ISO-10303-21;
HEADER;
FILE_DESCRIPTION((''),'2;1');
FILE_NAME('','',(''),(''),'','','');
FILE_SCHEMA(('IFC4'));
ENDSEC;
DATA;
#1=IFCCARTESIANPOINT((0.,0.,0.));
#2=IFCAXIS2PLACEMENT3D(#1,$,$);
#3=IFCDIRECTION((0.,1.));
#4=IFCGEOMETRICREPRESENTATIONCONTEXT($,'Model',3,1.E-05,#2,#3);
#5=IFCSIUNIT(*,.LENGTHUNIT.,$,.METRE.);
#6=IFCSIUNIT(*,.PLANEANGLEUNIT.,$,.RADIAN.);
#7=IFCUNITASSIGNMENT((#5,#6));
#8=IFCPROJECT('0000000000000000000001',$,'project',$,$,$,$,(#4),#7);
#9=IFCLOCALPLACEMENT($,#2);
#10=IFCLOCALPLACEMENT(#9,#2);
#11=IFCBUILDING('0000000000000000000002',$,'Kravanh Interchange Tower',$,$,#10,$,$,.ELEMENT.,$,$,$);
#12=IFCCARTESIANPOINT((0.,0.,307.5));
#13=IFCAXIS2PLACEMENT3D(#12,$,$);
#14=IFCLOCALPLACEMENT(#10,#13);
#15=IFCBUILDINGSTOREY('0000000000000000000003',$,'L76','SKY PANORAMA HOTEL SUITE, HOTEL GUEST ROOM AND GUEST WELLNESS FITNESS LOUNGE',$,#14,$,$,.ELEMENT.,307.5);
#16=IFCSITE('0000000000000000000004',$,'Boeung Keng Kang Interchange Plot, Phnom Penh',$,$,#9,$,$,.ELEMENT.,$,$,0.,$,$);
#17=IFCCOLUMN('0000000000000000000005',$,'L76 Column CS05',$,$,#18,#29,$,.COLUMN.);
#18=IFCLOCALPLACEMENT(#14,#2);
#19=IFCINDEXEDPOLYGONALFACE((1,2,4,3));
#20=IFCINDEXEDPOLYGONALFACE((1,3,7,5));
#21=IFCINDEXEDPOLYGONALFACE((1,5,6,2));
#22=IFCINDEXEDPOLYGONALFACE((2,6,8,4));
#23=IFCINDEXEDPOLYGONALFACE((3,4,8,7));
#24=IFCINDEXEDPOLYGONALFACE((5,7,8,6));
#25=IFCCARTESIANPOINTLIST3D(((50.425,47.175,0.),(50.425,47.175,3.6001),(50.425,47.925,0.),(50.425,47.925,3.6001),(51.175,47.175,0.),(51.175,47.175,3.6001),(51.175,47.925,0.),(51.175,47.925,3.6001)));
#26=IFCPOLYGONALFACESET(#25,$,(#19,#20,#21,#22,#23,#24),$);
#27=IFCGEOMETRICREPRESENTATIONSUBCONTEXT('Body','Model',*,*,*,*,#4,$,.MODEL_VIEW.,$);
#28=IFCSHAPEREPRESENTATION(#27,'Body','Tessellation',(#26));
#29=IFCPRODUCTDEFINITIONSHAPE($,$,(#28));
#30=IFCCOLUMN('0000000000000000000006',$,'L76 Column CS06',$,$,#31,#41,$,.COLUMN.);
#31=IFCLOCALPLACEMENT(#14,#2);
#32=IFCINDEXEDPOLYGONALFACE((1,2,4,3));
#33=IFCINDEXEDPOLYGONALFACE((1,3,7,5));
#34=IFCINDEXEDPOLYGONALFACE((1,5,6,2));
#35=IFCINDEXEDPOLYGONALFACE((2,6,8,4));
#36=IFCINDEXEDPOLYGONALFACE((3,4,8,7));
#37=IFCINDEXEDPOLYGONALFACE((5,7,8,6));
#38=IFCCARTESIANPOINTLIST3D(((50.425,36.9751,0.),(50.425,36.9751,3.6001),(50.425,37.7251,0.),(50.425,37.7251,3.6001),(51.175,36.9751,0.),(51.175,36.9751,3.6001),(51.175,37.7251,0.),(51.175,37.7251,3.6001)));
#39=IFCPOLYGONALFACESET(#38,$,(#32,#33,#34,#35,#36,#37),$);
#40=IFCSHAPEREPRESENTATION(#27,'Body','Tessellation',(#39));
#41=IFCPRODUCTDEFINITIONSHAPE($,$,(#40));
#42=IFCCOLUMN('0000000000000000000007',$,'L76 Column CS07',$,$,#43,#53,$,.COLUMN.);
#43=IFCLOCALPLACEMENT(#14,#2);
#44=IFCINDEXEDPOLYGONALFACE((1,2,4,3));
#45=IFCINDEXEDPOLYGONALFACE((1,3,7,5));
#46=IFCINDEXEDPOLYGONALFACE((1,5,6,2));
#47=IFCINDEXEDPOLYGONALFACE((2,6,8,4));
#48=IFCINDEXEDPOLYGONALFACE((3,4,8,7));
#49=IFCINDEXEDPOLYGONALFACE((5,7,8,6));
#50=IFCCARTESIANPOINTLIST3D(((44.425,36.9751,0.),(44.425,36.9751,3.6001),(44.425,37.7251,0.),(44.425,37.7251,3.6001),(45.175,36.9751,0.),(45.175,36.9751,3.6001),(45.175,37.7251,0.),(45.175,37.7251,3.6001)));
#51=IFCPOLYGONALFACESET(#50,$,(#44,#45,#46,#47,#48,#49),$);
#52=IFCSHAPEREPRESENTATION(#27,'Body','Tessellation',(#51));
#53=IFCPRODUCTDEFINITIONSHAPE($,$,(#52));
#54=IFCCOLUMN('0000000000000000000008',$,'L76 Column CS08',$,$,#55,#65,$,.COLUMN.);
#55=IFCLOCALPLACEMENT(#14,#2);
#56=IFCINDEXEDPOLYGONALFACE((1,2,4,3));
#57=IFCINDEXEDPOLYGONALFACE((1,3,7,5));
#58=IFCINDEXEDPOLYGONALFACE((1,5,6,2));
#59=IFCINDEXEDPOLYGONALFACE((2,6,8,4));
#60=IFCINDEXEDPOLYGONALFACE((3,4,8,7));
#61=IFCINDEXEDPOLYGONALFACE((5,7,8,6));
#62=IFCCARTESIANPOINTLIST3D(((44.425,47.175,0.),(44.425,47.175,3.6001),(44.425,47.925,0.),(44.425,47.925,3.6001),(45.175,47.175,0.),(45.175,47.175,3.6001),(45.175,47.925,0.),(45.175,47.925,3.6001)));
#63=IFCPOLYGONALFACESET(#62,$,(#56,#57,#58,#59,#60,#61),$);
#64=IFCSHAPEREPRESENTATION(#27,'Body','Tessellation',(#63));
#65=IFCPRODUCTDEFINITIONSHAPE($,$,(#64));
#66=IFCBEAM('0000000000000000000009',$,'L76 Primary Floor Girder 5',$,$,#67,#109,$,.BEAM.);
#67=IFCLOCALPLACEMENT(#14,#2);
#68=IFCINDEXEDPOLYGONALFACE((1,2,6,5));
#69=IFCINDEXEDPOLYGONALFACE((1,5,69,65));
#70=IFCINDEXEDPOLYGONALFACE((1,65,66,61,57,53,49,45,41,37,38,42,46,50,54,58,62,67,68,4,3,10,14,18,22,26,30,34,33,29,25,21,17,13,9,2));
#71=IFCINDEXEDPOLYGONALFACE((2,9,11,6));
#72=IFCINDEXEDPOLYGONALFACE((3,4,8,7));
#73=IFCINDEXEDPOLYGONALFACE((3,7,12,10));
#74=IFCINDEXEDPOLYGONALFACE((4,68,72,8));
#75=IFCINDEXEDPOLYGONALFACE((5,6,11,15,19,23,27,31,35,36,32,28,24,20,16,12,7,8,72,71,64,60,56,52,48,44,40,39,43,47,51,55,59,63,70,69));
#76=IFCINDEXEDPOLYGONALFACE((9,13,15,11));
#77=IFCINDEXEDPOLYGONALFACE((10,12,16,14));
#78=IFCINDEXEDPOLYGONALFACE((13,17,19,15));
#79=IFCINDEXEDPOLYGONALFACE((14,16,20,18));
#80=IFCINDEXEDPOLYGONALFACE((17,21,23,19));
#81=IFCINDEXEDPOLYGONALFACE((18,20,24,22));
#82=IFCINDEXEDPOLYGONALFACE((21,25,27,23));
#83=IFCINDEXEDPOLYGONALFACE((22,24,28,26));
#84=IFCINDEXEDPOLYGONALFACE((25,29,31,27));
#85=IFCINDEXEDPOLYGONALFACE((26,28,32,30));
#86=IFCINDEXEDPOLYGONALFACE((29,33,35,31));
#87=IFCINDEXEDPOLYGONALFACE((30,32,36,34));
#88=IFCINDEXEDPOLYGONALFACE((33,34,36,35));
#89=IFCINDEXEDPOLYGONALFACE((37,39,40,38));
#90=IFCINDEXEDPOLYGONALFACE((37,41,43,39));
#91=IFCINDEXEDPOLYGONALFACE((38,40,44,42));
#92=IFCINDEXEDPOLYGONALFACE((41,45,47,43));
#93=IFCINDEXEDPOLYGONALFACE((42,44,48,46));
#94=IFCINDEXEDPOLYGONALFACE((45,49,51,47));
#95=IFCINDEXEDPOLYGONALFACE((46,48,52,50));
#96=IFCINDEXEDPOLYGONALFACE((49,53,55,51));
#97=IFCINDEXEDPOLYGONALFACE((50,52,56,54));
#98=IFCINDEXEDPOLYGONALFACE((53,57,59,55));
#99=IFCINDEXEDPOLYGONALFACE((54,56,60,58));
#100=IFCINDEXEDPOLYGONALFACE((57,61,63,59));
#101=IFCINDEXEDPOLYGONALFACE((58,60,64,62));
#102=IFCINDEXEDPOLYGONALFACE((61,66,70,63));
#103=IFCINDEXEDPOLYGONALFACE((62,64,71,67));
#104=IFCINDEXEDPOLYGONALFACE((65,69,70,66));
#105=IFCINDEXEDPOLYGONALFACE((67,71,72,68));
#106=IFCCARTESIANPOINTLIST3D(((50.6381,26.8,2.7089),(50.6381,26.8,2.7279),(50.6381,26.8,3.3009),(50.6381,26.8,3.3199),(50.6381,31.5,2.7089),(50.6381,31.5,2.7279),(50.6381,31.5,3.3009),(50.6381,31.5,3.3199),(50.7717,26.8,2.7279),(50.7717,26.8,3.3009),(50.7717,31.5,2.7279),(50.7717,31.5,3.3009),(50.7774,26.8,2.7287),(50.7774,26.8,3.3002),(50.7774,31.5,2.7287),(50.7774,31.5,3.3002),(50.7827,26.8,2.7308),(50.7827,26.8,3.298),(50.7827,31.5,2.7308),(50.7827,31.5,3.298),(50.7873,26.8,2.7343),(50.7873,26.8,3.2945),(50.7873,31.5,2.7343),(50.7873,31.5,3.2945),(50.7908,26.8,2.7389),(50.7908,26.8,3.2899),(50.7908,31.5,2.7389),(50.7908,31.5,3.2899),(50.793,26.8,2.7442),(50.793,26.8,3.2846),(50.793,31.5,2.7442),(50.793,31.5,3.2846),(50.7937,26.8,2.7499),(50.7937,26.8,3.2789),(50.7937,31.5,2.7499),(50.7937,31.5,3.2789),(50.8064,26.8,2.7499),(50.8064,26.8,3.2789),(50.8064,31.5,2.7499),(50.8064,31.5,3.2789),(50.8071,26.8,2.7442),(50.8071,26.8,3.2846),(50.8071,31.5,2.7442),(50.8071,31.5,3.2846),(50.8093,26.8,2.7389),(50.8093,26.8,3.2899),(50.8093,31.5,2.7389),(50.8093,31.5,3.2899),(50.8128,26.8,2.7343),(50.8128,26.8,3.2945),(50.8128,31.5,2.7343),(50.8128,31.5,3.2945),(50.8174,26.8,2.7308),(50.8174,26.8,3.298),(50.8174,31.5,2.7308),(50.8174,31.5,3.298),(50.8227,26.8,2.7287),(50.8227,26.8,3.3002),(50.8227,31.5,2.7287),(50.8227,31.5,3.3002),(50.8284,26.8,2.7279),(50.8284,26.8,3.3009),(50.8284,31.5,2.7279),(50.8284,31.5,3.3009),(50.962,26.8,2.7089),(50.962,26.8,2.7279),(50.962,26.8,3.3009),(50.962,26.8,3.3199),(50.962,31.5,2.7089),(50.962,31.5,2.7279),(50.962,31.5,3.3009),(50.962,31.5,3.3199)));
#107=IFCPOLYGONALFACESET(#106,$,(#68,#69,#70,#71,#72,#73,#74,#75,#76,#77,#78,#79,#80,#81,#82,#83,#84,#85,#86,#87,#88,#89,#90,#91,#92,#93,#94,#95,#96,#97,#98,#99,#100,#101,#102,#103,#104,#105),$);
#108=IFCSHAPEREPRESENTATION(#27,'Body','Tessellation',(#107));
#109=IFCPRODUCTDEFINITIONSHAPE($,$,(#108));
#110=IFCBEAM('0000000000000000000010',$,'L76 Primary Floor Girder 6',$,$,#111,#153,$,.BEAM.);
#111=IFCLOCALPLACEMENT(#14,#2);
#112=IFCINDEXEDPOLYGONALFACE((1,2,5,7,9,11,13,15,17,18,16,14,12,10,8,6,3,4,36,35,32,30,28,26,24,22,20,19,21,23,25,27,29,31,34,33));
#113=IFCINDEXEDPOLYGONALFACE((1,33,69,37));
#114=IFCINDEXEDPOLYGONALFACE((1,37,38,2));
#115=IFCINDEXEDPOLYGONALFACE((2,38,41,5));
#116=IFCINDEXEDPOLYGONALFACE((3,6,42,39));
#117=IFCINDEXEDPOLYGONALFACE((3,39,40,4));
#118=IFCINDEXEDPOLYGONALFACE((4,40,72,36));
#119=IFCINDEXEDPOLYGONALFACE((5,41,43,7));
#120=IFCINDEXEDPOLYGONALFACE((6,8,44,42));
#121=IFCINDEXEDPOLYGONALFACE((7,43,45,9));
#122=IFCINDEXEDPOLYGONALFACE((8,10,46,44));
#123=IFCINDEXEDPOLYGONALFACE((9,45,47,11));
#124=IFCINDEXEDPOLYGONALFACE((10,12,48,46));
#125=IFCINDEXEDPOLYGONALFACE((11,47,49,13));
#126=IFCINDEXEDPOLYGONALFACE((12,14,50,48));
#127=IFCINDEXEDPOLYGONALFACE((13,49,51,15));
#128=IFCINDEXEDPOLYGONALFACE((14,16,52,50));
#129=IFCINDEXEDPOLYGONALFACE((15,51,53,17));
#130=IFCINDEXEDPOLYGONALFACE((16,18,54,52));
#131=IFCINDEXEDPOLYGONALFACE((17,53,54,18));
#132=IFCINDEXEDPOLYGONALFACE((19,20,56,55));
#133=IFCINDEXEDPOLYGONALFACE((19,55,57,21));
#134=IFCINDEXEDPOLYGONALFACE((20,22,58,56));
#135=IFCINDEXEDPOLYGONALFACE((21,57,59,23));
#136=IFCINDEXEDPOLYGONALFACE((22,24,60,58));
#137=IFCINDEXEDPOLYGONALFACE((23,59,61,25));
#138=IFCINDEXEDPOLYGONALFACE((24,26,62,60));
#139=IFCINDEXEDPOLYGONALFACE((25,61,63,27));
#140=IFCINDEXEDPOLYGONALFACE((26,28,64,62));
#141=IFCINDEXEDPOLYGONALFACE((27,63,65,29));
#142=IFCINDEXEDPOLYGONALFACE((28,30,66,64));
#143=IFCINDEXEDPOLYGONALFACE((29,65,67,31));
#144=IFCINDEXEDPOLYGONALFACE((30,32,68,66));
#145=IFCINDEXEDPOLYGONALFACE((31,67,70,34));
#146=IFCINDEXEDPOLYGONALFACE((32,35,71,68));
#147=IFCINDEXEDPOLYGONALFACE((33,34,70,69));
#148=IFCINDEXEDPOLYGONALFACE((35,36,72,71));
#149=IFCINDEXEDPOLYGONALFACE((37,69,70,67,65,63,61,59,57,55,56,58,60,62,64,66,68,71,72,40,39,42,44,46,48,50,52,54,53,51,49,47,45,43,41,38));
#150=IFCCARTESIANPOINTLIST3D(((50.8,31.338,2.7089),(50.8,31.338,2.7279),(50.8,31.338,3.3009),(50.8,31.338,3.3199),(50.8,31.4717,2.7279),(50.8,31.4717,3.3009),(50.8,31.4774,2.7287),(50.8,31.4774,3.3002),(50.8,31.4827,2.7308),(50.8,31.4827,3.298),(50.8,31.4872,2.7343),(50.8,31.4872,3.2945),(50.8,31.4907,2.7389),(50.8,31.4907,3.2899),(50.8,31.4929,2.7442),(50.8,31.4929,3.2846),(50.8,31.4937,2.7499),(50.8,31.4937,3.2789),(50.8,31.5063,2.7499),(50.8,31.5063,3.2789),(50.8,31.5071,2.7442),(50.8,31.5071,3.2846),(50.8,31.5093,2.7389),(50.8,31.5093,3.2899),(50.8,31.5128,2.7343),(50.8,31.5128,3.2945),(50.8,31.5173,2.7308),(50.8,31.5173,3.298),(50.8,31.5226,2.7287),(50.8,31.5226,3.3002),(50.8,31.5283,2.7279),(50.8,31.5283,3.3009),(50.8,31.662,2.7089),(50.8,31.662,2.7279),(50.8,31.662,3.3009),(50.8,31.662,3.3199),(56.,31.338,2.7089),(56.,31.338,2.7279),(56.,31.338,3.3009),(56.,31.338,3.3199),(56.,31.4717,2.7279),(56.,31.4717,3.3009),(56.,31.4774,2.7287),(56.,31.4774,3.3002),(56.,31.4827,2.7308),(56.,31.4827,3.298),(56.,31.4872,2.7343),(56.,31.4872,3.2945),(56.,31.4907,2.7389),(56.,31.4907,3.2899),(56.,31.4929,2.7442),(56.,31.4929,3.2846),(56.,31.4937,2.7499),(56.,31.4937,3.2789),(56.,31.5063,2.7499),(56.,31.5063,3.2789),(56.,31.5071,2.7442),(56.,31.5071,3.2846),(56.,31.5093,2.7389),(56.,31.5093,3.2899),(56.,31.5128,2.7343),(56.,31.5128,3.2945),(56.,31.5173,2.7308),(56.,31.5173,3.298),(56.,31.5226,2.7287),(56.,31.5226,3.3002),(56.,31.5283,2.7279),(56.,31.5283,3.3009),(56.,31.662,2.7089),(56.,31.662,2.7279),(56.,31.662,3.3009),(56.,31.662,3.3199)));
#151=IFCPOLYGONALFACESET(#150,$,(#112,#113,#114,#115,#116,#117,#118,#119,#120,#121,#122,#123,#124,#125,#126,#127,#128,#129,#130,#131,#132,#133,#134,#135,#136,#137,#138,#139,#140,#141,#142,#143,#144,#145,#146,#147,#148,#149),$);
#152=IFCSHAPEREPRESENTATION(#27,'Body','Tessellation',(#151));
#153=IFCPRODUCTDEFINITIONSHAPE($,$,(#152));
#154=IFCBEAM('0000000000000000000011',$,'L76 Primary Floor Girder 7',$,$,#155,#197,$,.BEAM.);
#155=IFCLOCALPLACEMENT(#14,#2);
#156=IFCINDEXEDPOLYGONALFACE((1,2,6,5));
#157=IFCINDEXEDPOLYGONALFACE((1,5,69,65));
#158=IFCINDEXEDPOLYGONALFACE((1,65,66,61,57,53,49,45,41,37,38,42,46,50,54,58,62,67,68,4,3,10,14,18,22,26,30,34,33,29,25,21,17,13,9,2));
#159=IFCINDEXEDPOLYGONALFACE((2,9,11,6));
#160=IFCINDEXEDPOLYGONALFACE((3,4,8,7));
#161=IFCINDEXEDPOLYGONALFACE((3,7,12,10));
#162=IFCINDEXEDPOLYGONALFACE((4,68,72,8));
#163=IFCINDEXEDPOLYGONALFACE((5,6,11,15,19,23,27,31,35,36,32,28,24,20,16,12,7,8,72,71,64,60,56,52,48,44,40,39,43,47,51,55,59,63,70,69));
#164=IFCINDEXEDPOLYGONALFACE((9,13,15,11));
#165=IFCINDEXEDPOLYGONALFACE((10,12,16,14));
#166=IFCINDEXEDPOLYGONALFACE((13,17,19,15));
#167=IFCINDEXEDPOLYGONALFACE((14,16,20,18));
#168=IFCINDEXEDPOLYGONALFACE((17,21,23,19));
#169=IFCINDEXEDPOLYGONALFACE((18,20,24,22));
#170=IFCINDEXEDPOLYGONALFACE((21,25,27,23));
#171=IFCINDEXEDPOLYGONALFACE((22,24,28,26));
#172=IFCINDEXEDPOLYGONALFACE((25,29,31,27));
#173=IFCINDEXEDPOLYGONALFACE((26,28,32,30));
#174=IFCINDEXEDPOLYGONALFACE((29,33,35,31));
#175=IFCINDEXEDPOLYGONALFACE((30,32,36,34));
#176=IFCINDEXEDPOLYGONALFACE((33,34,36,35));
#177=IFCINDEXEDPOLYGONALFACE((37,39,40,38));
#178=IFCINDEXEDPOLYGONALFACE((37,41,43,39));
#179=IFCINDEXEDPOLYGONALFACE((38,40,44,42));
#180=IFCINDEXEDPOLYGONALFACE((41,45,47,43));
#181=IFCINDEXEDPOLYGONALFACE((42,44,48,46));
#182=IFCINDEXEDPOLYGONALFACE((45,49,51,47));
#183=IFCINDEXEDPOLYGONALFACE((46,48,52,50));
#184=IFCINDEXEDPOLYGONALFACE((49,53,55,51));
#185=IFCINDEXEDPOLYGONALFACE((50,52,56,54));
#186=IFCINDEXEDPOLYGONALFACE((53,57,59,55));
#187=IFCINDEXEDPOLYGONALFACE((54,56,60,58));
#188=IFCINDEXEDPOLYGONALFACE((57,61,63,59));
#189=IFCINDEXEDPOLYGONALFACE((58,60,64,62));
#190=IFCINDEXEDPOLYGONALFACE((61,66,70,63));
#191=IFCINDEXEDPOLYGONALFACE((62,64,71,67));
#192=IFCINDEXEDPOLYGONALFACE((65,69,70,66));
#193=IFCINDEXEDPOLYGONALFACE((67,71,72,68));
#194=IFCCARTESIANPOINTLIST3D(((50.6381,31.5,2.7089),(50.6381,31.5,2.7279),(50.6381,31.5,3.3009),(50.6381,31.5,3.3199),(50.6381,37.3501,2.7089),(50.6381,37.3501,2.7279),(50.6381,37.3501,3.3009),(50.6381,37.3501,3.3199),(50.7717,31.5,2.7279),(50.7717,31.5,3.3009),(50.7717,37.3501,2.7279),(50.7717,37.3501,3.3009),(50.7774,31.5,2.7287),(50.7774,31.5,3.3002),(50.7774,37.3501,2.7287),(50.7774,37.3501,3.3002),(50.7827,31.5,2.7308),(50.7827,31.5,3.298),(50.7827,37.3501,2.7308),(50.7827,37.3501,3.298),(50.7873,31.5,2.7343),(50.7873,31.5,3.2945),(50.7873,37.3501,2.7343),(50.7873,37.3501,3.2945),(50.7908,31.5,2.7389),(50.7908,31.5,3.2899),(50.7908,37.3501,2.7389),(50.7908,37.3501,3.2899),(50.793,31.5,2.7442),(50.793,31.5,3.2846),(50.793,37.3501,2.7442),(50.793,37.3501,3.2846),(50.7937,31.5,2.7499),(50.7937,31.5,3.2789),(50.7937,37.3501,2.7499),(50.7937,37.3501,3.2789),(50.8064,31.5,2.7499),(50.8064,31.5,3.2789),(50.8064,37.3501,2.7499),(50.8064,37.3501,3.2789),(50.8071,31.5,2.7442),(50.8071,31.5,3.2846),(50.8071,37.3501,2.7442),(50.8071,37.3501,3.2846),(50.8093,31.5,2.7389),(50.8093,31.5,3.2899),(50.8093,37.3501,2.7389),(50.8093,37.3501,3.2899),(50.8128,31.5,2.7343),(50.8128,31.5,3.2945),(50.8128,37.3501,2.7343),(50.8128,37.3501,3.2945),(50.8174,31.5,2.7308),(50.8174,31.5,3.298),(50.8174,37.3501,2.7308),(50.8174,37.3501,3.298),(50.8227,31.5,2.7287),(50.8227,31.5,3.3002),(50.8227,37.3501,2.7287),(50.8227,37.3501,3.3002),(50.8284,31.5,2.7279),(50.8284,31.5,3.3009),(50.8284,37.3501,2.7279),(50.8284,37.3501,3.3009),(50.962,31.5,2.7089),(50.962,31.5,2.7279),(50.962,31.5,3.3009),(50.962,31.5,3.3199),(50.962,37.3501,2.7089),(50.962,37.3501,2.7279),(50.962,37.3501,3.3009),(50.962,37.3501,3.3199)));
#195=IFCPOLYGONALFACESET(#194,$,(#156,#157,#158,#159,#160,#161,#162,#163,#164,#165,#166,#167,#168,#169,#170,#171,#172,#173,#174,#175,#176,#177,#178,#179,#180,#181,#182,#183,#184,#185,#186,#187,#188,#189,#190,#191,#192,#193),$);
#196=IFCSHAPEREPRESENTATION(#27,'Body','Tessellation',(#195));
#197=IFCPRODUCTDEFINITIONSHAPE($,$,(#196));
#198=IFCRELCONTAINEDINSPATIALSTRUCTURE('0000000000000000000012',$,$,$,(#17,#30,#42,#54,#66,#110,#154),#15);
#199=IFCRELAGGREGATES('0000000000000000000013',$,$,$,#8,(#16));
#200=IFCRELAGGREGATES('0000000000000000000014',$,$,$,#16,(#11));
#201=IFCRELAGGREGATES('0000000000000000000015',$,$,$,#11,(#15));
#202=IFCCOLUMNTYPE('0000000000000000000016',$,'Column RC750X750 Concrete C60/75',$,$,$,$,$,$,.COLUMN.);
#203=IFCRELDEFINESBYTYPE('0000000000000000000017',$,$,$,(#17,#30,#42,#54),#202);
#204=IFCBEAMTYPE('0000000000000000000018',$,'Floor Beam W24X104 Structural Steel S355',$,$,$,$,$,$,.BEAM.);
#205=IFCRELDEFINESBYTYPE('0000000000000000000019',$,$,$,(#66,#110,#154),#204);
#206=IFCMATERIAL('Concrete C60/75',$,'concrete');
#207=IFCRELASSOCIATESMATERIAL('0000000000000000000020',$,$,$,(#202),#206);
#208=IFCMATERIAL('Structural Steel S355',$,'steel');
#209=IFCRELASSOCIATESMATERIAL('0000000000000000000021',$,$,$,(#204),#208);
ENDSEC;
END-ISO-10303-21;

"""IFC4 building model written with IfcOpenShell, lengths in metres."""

from ifc_helpers import new_model, si_unit, direction, frame, origin, origin_2d, place, context, subcontext, project, spatial, rectangle, i_section, extrude, material, material_profile, profile_set, type_object, element, save


model = new_model("IFC4")

# Units and contexts
model_context = context("Model", 3, precision=1e-05, world=origin(), true_north=direction((0.0, 1.0)))
body_context = subcontext(model_context, "Body", "Model", "MODEL_VIEW")
ifc_project = project(units=[si_unit("LENGTHUNIT", "METRE"), si_unit("PLANEANGLEUNIT", "RADIAN")], contexts=[model_context])

# Site, building, storey
site_placement = place(None, origin())
site = spatial("IfcSite", under=ifc_project, at=site_placement, Name="Boeung Keng Kang Interchange Plot, Phnom Penh", CompositionType="ELEMENT", RefElevation=0.0)
building_placement = place(site_placement, origin())
building = spatial("IfcBuilding", under=site, at=building_placement, Name="Kravanh Interchange Tower", CompositionType="ELEMENT")
storey_placement = place(building_placement, frame((0.0, 0.0, 307.5)))
storey = spatial("IfcBuildingStorey", under=building, at=storey_placement, Name="L76", Description="SKY PANORAMA HOTEL SUITE, HOTEL GUEST ROOM AND GUEST WELLNESS FITNESS LOUNGE", CompositionType="ELEMENT", Elevation=307.5)

# Columns
ifc_material_1 = material(Name="Concrete C60/75", Category="concrete")
ifc_material_profile_1 = material_profile(ifc_material_1, rectangle(XDim=0.75, YDim=0.75, at=origin_2d()), Name="RC750X750")
ifc_profile_set_1 = profile_set([ifc_material_profile_1], Name="Concrete C60/75")
column_type = type_object("IfcColumnType", Name="Column RC750X750 Concrete C60/75", PredefinedType="COLUMN", material=ifc_profile_set_1)
for number, where, z_axis, x_axis, name in (
    (1, (50.8, 47.55, 0.0), (0.0, 0.0, 1.0), (1.0, 0.0, 0.0), "L76 Column CS05"),
    (2, (50.8, 37.3501, 0.0), (0.0, 0.0, 1.0), (1.0, 0.0, 0.0), "L76 Column CS06"),
    (3, (44.8, 37.3501, 0.0), (0.0, 0.0, 1.0), (1.0, 0.0, 0.0), "L76 Column CS07"),
    (4, (44.8, 47.55, 0.0), (0.0, 0.0, 1.0), (1.0, 0.0, 0.0), "L76 Column CS08"),
):
    element("IfcColumn", number, at=place(storey_placement, frame(where, z_axis=z_axis, x_axis=x_axis)), inside=storey, type_object=column_type, Name=name, PredefinedType="COLUMN", context=body_context, shape_type="SweptSolid", body=[
        extrude(rectangle(XDim=0.75, YDim=0.75, at=origin_2d()), origin(), (0.0, 0.0, 1.0), 3.6001),
    ])

# Beams
ifc_material_2 = material(Name="Structural Steel S355", Category="steel")
ifc_material_profile_2 = material_profile(ifc_material_2, i_section(OverallWidth=0.324, OverallDepth=0.6111, WebThickness=0.0127, FlangeThickness=0.019, FilletRadius=0.022, at=origin_2d()), Name="W24X104")
ifc_profile_set_2 = profile_set([ifc_material_profile_2], Name="Structural Steel S355")
beam_type_1 = type_object("IfcBeamType", Name="Floor Beam W24X104 Structural Steel S355", PredefinedType="BEAM", material=ifc_profile_set_2)
beam_1_placement = place(storey_placement, frame((50.8, 31.5, 3.0144), z_axis=(0.0, -1.0, 0.0), x_axis=(1.0, 0.0, 0.0)))
element("IfcBeam", 5, at=beam_1_placement, inside=storey, type_object=beam_type_1, Name="L76 Primary Floor Girder 5", PredefinedType="BEAM", context=body_context, shape_type="SweptSolid", body=[
    extrude(i_section(OverallWidth=0.324, OverallDepth=0.6111, WebThickness=0.0127, FlangeThickness=0.019, FilletRadius=0.022, at=origin_2d()), origin(), (0.0, 0.0, 1.0), 4.7),
])
beam_2_placement = place(storey_placement, frame((50.8, 31.5, 3.0144), z_axis=(1.0, 0.0, 0.0), x_axis=(0.0, 1.0, 0.0)))
element("IfcBeam", 6, at=beam_2_placement, inside=storey, type_object=beam_type_1, Name="L76 Primary Floor Girder 6", PredefinedType="BEAM", context=body_context, shape_type="SweptSolid", body=[
    extrude(i_section(OverallWidth=0.324, OverallDepth=0.6111, WebThickness=0.0127, FlangeThickness=0.019, FilletRadius=0.022, at=origin_2d()), origin(), (0.0, 0.0, 1.0), 5.2),
])
beam_3_placement = place(storey_placement, frame((50.8, 31.5, 3.0144), z_axis=(0.0, 1.0, 0.0), x_axis=(-1.0, 0.0, 0.0)))
element("IfcBeam", 7, at=beam_3_placement, inside=storey, type_object=beam_type_1, Name="L76 Primary Floor Girder 7", PredefinedType="BEAM", context=body_context, shape_type="SweptSolid", body=[
    extrude(i_section(OverallWidth=0.324, OverallDepth=0.6111, WebThickness=0.0127, FlangeThickness=0.019, FilletRadius=0.022, at=origin_2d()), origin(), (0.0, 0.0, 1.0), 5.8501),
])

save(model, "model.ifc")
